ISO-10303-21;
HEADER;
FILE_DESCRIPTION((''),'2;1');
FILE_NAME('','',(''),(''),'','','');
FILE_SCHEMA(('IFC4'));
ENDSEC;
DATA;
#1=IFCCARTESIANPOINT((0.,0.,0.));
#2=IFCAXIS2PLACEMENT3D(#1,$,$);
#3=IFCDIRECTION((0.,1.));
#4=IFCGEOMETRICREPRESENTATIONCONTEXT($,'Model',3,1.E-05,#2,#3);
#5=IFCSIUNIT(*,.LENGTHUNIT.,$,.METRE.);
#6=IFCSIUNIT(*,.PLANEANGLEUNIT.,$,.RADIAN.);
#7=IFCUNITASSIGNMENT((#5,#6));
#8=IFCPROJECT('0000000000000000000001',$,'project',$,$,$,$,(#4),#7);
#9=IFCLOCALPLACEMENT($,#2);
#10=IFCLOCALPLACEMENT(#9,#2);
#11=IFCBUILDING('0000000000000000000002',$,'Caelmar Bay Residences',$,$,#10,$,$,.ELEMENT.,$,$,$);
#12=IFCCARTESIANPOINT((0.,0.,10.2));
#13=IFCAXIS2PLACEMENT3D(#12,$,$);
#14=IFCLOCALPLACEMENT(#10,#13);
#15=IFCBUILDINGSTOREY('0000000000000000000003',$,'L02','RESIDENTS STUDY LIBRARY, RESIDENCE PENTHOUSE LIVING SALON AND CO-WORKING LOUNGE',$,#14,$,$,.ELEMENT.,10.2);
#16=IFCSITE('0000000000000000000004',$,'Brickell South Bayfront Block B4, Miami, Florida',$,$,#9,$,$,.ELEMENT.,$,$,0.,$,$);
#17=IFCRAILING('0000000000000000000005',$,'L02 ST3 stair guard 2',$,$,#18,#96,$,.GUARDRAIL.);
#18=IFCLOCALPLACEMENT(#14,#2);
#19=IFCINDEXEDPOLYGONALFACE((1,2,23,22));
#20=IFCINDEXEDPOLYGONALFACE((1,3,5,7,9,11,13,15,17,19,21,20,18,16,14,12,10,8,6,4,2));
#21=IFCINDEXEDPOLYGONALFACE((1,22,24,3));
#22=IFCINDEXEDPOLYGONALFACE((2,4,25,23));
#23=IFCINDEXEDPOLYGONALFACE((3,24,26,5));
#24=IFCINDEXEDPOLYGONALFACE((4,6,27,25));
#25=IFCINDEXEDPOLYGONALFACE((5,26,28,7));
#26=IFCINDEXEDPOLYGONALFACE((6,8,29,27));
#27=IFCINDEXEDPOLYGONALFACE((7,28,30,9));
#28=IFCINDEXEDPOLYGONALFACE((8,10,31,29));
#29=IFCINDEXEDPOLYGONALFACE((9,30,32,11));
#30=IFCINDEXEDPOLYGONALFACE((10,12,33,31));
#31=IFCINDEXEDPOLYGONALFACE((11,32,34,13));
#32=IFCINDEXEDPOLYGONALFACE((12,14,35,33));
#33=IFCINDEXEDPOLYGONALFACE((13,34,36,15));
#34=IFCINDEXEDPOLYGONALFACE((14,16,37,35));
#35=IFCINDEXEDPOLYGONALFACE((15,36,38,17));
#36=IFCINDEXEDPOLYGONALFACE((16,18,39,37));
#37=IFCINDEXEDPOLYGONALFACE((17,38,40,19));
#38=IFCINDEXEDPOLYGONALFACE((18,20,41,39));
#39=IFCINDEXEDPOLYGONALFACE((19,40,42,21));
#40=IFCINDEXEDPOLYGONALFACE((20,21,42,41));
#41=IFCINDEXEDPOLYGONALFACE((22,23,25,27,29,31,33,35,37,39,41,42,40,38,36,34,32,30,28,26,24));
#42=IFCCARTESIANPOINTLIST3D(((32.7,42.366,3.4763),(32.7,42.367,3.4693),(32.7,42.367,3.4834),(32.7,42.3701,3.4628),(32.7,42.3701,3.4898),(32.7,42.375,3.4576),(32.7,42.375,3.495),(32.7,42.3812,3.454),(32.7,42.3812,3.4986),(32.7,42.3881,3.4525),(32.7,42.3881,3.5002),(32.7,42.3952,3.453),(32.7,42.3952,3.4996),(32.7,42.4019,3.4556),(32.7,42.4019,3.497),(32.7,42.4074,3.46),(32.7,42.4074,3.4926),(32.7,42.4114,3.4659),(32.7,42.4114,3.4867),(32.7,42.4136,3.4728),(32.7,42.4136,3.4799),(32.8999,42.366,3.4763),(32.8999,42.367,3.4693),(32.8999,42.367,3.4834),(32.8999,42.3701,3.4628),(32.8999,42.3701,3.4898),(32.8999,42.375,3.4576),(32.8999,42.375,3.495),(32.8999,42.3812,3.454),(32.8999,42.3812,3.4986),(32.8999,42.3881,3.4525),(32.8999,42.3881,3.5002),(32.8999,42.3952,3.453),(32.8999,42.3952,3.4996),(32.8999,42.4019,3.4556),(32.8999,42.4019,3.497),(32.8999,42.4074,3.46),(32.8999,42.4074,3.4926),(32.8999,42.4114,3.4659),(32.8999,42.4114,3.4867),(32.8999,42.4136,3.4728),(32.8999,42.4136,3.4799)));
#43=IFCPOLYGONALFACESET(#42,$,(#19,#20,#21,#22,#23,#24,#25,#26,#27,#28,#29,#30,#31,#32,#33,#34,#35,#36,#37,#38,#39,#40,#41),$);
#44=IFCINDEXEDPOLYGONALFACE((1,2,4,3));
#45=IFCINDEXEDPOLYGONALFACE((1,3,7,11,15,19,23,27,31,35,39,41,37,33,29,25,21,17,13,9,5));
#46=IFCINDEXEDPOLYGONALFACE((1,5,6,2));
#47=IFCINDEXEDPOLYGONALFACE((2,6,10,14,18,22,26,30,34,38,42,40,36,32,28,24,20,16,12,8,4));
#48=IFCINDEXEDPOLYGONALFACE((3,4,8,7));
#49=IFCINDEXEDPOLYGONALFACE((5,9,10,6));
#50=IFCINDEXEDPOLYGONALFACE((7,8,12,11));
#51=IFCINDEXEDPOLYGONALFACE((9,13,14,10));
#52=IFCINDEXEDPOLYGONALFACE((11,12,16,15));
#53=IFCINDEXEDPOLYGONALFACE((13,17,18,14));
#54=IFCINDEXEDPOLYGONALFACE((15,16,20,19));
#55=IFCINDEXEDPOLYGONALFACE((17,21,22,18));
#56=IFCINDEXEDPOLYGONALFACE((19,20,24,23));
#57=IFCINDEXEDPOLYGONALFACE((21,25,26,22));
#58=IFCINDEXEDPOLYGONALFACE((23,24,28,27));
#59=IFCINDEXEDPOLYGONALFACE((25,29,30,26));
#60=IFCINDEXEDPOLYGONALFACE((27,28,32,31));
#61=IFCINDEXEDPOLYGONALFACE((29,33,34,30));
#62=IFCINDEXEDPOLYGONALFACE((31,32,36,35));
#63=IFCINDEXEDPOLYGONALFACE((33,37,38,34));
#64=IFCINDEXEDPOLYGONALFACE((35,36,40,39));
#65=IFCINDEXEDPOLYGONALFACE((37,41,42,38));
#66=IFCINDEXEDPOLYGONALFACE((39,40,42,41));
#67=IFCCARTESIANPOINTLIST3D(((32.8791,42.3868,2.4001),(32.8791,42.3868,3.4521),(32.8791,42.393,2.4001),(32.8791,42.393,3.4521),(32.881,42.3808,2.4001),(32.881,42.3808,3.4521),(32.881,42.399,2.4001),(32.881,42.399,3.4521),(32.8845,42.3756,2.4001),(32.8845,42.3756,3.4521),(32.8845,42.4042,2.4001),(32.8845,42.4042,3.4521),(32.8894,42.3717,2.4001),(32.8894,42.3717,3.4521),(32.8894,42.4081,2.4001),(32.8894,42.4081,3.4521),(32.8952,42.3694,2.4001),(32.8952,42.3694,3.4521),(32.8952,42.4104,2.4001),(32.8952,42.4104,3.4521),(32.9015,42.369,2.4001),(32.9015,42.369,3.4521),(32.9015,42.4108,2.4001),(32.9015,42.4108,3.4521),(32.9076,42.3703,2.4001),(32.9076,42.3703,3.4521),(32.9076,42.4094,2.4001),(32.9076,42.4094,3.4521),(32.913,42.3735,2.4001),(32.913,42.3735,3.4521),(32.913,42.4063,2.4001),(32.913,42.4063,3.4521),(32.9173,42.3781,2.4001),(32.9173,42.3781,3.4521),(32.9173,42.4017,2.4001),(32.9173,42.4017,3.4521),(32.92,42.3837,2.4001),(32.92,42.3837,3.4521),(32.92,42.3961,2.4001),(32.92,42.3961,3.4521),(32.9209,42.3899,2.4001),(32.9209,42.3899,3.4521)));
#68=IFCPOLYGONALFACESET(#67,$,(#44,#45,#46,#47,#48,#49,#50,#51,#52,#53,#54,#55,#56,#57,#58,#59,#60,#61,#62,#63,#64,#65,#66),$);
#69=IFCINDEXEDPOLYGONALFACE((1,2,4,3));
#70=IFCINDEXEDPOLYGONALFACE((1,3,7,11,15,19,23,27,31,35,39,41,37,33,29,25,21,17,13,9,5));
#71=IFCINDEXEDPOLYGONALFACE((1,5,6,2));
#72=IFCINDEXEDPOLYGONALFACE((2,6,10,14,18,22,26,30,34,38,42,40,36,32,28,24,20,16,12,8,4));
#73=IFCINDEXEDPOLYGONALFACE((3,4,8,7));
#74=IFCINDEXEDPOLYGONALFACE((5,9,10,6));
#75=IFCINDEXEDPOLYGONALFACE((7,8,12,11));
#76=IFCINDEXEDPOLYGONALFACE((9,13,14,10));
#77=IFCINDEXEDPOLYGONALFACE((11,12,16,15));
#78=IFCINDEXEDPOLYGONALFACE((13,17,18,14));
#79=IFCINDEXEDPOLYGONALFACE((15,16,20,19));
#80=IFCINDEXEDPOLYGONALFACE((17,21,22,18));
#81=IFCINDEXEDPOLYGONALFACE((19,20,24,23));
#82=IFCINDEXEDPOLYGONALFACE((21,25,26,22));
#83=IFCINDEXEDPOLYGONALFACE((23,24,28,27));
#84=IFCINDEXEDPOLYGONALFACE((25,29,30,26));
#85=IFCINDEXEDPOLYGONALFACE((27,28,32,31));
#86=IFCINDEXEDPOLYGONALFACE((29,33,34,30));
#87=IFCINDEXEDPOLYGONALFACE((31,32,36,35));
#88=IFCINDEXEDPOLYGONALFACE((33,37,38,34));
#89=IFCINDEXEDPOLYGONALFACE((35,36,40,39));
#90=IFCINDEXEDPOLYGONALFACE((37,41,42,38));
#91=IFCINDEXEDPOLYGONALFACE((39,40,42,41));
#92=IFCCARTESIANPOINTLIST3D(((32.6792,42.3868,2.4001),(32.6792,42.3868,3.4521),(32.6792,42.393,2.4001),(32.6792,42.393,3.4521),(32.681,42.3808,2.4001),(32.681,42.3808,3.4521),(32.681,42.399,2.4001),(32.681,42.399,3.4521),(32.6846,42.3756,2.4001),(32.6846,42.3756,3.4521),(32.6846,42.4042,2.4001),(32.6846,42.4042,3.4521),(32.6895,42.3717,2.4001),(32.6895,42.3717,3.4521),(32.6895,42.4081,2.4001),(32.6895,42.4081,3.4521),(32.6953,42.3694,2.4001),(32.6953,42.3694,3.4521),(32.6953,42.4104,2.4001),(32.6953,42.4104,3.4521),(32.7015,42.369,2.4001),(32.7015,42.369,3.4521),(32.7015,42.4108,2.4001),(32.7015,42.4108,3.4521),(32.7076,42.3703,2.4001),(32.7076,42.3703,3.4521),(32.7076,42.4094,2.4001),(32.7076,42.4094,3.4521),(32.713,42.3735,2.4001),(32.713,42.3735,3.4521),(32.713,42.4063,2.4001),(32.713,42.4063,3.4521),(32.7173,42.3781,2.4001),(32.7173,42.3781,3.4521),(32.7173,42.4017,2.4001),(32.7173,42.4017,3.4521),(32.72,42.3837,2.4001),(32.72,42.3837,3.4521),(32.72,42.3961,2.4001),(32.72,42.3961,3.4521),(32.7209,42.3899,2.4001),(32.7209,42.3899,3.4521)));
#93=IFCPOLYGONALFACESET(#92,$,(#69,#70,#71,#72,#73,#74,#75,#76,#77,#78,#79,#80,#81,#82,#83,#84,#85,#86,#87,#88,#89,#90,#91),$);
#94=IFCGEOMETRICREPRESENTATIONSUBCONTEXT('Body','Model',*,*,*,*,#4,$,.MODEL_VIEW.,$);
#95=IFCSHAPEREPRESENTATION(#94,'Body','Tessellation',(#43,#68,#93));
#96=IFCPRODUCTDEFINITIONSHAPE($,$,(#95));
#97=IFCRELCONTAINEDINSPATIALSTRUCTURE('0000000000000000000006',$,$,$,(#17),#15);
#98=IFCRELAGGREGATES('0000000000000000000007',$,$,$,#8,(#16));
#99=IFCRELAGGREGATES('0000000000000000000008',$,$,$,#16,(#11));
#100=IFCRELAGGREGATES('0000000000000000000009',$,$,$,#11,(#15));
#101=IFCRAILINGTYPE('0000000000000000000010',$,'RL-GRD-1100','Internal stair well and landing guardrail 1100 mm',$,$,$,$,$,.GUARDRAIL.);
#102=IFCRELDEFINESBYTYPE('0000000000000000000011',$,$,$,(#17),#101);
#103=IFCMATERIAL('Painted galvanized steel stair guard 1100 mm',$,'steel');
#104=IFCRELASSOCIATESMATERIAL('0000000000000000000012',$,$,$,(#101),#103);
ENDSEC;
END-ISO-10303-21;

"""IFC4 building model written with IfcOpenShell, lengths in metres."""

from ifc_helpers import new_model, si_unit, direction, frame, origin, origin_2d, place, context, subcontext, project, spatial, circle, extrude, material, type_object, element, save


model = new_model("IFC4")

# Units and contexts
model_context = context("Model", 3, precision=1e-05, world=origin(), true_north=direction((0.0, 1.0)))
body_context = subcontext(model_context, "Body", "Model", "MODEL_VIEW")
ifc_project = project(units=[si_unit("LENGTHUNIT", "METRE"), si_unit("PLANEANGLEUNIT", "RADIAN")], contexts=[model_context])

# Site, building, storey
site_placement = place(None, origin())
site = spatial("IfcSite", under=ifc_project, at=site_placement, Name="Brickell South Bayfront Block B4, Miami, Florida", CompositionType="ELEMENT", RefElevation=0.0)
building_placement = place(site_placement, origin())
building = spatial("IfcBuilding", under=site, at=building_placement, Name="Caelmar Bay Residences", CompositionType="ELEMENT")
storey_placement = place(building_placement, frame((0.0, 0.0, 10.2)))
storey = spatial("IfcBuildingStorey", under=building, at=storey_placement, Name="L02", Description="RESIDENTS STUDY LIBRARY, RESIDENCE PENTHOUSE LIVING SALON AND CO-WORKING LOUNGE", CompositionType="ELEMENT", Elevation=10.2)

# Railing
ifc_material_1 = material(Name="Painted galvanized steel stair guard 1100 mm", Category="steel")
railing_type_1 = type_object("IfcRailingType", Name="RL-GRD-1100", Description="Internal stair well and landing guardrail 1100 mm", PredefinedType="GUARDRAIL", material=ifc_material_1)
railing_1_placement = place(storey_placement, frame((32.8999, 42.3899, 2.4001)))
element("IfcRailing", 1, at=railing_1_placement, inside=storey, type_object=railing_type_1, Name="L02 ST3 stair guard 2", PredefinedType="GUARDRAIL", context=body_context, shape_type="SweptSolid", body=[
    extrude(circle(Radius=0.0239, at=origin_2d()), frame((0.0, 0.0, 1.0762), z_axis=(-1.0, 0.0, 0.0), x_axis=(0.0, -1.0, 0.0)), (0.0, 0.0, 1.0), 0.2),
    extrude(circle(Radius=0.021, at=origin_2d()), origin(), (0.0, 0.0, 1.0), 1.052),
    extrude(circle(Radius=0.021, at=origin_2d()), frame((-0.2, 0.0, 0.0)), (0.0, 0.0, 1.0), 1.052),
])

save(model, "model.ifc")
